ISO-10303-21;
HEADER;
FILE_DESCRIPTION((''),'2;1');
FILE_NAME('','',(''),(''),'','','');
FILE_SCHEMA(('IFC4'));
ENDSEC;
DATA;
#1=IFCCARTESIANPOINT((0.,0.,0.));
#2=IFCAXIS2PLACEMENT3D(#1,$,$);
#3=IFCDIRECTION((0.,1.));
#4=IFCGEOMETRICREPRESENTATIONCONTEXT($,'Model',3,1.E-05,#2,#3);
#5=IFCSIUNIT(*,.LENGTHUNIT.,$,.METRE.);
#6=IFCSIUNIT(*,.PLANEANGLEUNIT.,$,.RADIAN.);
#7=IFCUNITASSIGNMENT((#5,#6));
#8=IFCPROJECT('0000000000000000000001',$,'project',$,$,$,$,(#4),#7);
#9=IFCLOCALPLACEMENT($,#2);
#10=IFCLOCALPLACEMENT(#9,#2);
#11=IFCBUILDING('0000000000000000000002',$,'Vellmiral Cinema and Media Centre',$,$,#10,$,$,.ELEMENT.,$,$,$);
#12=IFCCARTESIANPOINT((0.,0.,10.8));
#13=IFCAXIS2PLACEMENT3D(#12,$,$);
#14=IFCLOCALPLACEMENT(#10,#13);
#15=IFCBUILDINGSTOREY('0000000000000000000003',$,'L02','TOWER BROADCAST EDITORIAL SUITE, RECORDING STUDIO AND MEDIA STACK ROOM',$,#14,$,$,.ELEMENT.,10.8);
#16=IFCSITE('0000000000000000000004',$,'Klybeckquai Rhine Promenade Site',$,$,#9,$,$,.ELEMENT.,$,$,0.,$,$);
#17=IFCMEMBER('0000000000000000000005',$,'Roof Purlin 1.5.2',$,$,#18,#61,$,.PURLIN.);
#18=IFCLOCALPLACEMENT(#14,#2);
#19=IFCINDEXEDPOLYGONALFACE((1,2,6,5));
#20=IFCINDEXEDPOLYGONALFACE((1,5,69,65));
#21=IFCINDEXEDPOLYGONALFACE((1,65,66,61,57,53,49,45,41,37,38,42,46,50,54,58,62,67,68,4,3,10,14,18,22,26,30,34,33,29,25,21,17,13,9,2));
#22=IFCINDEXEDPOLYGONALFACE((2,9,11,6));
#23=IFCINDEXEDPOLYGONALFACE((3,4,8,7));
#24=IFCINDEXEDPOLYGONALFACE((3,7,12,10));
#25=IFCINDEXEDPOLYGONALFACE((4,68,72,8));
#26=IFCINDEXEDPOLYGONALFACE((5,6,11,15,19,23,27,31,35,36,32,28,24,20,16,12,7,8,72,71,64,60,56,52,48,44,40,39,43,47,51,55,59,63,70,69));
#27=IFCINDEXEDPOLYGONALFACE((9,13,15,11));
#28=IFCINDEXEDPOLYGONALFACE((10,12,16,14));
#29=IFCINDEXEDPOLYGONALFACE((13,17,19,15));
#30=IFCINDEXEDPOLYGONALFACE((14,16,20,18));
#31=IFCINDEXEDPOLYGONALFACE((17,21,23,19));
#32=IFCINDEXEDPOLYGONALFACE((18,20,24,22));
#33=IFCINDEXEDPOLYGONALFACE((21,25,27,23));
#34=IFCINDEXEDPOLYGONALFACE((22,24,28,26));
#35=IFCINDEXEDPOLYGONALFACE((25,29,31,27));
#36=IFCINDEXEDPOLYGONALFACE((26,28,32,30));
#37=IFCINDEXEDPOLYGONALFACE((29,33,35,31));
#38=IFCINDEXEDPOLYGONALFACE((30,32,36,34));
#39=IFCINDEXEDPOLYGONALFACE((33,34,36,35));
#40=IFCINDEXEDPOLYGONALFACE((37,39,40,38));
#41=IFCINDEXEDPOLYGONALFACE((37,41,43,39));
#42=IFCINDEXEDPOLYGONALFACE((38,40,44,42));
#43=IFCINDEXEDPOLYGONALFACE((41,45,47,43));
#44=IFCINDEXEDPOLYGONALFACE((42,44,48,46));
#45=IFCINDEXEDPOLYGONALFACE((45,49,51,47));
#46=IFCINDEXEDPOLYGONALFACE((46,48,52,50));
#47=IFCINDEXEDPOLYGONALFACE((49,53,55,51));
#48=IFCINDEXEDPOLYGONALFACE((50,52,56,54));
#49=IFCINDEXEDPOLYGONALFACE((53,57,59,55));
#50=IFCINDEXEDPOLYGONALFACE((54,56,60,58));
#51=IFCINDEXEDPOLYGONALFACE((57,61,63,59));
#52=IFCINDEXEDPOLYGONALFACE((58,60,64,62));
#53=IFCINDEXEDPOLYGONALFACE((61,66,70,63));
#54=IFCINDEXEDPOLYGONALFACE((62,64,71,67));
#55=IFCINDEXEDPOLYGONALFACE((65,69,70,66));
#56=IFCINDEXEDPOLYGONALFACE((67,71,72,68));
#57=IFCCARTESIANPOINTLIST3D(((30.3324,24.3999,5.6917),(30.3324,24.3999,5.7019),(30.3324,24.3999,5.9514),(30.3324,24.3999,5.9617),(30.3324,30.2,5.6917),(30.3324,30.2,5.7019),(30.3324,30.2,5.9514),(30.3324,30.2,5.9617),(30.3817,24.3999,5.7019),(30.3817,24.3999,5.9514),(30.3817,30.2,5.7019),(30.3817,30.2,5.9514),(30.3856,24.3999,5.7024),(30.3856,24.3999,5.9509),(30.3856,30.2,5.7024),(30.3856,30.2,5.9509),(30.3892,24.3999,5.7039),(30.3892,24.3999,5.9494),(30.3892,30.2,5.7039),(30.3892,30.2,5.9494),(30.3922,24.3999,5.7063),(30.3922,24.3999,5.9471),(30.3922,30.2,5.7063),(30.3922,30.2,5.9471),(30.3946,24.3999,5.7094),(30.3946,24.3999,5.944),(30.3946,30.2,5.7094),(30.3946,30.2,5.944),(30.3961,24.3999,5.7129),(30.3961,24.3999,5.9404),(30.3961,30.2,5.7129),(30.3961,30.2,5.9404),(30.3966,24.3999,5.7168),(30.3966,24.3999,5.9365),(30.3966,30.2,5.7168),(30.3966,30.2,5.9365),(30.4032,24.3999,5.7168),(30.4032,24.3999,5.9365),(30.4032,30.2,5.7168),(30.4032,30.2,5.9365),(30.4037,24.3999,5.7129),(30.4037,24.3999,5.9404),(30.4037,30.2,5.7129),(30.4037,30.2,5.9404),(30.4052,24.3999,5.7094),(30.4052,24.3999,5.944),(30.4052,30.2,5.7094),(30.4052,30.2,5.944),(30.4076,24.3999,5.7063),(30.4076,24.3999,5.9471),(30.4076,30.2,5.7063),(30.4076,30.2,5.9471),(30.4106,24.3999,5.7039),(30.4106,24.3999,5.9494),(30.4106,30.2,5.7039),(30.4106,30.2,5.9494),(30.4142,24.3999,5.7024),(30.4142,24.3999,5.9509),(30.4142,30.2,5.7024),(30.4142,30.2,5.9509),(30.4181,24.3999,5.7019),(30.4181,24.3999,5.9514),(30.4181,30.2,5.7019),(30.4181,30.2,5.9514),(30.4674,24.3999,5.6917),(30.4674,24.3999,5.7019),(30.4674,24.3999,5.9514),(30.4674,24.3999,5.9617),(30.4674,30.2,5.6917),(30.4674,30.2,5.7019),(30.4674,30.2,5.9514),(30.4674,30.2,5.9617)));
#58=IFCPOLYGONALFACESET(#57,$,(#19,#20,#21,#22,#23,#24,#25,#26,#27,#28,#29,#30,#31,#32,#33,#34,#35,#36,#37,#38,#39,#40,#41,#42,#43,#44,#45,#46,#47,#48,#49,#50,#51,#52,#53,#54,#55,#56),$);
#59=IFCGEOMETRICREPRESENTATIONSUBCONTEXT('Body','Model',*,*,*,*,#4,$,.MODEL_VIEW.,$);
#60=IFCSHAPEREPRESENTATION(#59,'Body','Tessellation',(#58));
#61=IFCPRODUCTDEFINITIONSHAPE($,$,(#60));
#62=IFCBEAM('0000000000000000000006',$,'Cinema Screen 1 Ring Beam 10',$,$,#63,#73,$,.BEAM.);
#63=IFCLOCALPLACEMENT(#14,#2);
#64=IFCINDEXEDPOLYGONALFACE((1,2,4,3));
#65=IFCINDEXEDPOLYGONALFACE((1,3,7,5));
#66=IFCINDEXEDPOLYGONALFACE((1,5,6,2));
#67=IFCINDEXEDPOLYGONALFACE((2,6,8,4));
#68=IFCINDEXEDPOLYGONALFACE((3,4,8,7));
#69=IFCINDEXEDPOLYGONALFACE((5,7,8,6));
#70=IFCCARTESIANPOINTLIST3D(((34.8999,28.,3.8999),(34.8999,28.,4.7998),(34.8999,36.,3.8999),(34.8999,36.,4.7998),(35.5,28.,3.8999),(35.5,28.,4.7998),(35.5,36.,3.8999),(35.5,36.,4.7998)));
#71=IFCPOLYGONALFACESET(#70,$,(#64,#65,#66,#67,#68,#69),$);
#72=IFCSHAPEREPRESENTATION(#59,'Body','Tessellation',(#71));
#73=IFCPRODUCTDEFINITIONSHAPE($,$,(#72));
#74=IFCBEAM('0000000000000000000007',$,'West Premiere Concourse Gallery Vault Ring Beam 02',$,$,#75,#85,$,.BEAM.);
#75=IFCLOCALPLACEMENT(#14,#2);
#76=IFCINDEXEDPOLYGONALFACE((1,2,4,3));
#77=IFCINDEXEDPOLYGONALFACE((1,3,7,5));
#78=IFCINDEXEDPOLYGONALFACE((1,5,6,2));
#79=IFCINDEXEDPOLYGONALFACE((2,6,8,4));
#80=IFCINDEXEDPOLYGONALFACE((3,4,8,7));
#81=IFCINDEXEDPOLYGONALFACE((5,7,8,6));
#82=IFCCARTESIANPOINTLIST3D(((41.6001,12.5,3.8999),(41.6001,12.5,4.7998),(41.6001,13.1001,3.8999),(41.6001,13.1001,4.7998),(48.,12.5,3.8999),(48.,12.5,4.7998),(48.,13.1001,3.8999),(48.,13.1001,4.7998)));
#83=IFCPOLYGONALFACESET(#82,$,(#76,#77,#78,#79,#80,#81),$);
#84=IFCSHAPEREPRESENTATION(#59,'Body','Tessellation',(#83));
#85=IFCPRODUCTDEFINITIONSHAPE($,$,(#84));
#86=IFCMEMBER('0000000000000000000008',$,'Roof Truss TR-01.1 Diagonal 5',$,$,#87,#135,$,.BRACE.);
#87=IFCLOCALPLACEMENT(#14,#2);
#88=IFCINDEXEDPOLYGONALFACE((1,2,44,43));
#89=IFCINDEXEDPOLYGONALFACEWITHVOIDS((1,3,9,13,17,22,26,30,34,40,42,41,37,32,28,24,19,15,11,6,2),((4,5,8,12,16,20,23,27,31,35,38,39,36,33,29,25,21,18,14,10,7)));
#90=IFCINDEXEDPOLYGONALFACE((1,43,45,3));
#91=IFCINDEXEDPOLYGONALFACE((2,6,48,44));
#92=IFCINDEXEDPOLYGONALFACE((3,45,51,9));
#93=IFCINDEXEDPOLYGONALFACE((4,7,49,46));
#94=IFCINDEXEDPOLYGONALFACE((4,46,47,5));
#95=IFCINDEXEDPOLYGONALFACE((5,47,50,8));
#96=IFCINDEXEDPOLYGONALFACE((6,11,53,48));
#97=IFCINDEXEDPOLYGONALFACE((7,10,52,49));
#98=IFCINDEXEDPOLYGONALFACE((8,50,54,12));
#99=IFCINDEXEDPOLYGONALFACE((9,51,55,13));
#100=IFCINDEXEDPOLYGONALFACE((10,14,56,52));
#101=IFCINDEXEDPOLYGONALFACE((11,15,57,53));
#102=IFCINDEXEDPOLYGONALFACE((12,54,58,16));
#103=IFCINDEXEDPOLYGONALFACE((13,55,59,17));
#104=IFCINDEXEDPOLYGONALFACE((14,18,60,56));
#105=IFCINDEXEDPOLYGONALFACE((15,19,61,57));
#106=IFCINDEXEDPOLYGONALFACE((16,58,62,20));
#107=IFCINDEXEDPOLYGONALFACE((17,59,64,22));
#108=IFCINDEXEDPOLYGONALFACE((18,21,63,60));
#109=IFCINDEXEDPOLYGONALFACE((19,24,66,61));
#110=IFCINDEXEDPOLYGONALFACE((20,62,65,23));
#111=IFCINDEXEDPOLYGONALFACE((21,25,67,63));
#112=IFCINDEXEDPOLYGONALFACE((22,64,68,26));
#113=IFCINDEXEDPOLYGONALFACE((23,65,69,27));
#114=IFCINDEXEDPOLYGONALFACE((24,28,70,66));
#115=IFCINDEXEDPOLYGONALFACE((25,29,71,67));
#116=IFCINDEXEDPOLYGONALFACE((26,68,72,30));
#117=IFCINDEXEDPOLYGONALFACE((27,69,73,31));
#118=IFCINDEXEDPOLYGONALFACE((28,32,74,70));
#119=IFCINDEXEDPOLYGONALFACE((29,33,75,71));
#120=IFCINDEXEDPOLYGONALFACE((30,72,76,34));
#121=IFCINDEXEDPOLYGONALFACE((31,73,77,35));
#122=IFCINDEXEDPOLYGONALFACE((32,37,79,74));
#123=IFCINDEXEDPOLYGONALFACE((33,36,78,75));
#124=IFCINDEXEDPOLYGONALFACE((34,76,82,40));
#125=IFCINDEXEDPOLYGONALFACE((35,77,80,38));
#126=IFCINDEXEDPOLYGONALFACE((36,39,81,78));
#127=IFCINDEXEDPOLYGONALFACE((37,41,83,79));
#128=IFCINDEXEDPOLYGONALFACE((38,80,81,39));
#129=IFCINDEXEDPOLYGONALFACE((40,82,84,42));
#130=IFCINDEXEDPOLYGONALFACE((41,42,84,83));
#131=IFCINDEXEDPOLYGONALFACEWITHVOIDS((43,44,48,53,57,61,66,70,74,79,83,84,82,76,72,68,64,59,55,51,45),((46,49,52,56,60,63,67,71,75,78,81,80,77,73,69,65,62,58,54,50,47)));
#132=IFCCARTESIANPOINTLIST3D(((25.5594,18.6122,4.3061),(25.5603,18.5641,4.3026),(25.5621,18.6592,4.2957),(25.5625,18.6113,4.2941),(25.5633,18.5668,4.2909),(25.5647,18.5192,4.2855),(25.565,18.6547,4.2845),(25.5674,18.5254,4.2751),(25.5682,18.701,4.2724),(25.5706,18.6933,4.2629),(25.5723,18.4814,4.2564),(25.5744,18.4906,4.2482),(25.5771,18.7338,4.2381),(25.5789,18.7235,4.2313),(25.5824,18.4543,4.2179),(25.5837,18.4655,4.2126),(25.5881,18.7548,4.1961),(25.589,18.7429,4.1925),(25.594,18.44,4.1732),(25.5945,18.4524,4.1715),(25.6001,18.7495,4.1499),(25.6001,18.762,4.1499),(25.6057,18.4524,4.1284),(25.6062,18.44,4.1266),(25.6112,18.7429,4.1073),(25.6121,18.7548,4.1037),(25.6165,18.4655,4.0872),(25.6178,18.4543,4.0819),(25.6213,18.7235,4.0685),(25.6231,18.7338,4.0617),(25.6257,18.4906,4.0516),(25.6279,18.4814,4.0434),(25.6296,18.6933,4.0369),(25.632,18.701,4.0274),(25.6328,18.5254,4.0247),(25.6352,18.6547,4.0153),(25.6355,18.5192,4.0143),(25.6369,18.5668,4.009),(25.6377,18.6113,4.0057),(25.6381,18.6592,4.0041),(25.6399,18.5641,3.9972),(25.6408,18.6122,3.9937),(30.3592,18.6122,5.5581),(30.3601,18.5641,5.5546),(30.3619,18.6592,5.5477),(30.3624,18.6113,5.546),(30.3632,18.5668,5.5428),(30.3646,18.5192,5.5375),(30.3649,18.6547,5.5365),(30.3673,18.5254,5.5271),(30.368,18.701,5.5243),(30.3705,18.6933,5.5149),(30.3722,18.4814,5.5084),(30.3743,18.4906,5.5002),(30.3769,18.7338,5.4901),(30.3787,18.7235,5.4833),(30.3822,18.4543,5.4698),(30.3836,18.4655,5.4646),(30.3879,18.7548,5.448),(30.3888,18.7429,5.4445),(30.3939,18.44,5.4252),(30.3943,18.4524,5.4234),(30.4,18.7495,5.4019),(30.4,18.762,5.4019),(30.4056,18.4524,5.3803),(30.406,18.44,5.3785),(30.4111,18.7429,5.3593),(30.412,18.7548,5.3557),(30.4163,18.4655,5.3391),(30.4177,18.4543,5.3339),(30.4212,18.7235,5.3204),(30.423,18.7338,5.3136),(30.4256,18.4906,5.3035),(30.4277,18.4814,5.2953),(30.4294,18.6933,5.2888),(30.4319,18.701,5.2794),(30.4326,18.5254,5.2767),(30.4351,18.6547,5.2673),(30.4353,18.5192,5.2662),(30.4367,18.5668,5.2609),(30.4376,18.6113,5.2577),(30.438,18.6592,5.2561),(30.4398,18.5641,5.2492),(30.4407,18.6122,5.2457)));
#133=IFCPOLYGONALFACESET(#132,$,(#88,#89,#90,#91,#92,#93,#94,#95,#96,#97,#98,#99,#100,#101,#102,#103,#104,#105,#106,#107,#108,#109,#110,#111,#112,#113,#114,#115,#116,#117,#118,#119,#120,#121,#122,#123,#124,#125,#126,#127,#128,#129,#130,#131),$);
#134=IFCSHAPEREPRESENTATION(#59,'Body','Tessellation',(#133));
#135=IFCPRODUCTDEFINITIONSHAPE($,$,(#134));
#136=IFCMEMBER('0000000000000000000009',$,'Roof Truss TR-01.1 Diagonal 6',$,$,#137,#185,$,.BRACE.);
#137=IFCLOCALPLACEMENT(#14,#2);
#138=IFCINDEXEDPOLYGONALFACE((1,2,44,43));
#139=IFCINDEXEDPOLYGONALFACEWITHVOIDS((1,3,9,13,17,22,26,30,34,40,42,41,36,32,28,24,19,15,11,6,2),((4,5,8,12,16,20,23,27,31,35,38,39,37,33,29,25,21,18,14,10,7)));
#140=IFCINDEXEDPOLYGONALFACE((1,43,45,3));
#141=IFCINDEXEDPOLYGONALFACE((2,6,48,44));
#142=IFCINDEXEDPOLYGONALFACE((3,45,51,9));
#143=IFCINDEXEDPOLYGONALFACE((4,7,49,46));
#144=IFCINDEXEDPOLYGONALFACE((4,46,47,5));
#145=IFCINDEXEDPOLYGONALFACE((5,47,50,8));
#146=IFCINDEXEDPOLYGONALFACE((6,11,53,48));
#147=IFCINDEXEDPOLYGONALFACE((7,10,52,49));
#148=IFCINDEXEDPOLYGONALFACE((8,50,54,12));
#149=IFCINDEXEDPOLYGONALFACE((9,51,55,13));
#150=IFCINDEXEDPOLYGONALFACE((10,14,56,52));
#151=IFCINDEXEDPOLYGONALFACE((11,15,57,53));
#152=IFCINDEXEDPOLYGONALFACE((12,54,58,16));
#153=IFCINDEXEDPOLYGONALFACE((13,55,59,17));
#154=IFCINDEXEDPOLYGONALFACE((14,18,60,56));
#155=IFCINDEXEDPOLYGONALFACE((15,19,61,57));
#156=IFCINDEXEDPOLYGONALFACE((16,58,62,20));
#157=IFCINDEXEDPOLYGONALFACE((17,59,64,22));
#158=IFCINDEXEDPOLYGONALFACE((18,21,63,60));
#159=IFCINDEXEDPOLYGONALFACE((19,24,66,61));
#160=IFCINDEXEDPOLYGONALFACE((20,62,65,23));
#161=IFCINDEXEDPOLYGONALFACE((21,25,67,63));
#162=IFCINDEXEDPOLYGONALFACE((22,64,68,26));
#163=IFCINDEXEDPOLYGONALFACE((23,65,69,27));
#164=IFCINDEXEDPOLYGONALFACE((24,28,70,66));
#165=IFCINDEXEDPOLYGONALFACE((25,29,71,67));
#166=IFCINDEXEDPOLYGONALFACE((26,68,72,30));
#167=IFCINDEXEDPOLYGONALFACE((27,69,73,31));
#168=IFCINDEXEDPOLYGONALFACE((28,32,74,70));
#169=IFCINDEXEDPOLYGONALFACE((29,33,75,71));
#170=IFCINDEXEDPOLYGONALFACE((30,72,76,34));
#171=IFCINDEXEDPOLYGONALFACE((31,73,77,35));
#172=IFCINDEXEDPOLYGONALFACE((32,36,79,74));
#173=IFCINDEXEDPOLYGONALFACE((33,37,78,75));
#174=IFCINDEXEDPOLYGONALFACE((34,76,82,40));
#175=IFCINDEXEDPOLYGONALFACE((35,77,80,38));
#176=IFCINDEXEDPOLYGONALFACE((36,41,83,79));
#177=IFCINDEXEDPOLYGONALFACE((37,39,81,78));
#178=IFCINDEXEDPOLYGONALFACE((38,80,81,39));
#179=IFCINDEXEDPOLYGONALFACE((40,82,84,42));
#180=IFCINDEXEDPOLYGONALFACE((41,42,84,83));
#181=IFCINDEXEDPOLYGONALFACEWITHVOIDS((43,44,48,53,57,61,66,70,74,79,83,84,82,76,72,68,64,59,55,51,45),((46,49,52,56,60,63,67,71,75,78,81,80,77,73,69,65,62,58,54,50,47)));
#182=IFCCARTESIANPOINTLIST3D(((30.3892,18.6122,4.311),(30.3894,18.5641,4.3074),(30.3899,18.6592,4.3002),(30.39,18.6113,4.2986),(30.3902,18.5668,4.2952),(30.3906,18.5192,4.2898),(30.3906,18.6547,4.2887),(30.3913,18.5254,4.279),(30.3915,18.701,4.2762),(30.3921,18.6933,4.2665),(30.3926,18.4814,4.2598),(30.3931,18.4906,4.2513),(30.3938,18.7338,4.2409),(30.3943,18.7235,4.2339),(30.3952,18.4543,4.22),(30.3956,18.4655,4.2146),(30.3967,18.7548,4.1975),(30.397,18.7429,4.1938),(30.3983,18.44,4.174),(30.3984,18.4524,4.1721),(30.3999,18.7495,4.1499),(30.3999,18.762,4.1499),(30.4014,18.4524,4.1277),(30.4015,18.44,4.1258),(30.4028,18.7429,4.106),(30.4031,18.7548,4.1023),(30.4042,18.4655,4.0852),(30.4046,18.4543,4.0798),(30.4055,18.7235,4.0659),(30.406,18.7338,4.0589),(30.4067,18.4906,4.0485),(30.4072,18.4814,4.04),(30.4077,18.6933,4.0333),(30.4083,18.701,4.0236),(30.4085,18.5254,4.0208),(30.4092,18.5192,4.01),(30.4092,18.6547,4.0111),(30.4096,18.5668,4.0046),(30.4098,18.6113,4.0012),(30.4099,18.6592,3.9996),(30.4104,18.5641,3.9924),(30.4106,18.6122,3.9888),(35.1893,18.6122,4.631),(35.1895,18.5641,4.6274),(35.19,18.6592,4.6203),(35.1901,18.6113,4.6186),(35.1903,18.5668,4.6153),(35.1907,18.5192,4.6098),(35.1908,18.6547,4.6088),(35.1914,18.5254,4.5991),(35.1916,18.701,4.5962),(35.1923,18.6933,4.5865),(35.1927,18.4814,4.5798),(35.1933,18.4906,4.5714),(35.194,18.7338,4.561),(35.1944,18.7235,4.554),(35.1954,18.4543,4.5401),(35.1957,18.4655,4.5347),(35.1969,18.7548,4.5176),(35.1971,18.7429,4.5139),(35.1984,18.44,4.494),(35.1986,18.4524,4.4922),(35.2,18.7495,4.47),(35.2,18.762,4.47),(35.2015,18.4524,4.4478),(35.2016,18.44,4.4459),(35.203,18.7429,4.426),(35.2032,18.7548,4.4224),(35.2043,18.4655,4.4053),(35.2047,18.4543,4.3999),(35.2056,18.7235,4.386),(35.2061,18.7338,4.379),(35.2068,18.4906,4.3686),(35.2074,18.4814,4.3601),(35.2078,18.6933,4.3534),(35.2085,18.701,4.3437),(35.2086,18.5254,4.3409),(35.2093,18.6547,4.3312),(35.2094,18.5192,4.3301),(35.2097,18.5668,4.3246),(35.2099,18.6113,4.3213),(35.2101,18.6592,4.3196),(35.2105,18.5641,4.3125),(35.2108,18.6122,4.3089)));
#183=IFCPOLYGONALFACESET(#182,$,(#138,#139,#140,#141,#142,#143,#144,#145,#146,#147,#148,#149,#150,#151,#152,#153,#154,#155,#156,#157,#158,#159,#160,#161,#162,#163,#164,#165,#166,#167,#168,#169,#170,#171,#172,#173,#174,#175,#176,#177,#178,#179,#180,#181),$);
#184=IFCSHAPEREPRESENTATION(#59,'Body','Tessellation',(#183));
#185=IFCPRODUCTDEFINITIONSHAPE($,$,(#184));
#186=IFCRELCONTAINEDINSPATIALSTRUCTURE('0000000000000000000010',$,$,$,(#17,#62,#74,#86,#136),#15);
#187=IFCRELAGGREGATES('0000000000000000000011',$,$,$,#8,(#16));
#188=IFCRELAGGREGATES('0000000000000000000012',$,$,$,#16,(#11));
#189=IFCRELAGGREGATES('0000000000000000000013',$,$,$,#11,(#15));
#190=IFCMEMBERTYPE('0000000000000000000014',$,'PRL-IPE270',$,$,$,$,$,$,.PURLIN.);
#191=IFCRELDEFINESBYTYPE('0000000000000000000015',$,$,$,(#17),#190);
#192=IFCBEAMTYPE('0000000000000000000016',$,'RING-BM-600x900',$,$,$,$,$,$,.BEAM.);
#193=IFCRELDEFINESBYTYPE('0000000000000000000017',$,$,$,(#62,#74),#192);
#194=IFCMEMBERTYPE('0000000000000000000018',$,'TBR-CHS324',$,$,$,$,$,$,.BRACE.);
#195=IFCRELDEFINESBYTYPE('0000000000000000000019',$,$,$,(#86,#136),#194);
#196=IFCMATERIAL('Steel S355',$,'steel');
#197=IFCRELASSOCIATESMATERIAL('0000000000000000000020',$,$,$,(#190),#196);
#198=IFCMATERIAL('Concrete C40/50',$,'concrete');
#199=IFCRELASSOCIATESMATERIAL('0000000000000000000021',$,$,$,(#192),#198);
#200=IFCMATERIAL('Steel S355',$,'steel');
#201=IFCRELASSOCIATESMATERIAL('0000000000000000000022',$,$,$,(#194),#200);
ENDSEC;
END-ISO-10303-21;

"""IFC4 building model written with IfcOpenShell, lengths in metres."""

from ifc_helpers import new_model, si_unit, direction, frame, origin, origin_2d, place, context, subcontext, project, spatial, rectangle, hollow_circle, i_section, extrude, material, material_profile, profile_set, type_object, element, save


model = new_model("IFC4")

# Units and contexts
model_context = context("Model", 3, precision=1e-05, world=origin(), true_north=direction((0.0, 1.0)))
body_context = subcontext(model_context, "Body", "Model", "MODEL_VIEW")
ifc_project = project(units=[si_unit("LENGTHUNIT", "METRE"), si_unit("PLANEANGLEUNIT", "RADIAN")], contexts=[model_context])

# Site, building, storey
site_placement = place(None, origin())
site = spatial("IfcSite", under=ifc_project, at=site_placement, Name="Klybeckquai Rhine Promenade Site", CompositionType="ELEMENT", RefElevation=0.0)
building_placement = place(site_placement, origin())
building = spatial("IfcBuilding", under=site, at=building_placement, Name="Vellmiral Cinema and Media Centre", CompositionType="ELEMENT")
storey_placement = place(building_placement, frame((0.0, 0.0, 10.8)))
storey = spatial("IfcBuildingStorey", under=building, at=storey_placement, Name="L02", Description="TOWER BROADCAST EDITORIAL SUITE, RECORDING STUDIO AND MEDIA STACK ROOM", CompositionType="ELEMENT", Elevation=10.8)

# Member
ifc_material_1 = material(Name="Steel S355", Category="steel")
ifc_material_profile_1 = material_profile(ifc_material_1, i_section(OverallWidth=0.135, OverallDepth=0.27, WebThickness=0.0066, FlangeThickness=0.0103, FilletRadius=0.0149, at=origin_2d()), Name="IPE 270")
ifc_profile_set_1 = profile_set([ifc_material_profile_1], Name="Steel S355")
member_type_1 = type_object("IfcMemberType", Name="PRL-IPE270", PredefinedType="PURLIN", material=ifc_profile_set_1)
member_1_placement = place(storey_placement, frame((30.3999, 24.3999, 5.8267), z_axis=(0.0, 1.0, 0.0), x_axis=(-1.0, 0.0, 0.0)))
element("IfcMember", 1, at=member_1_placement, inside=storey, type_object=member_type_1, Name="Roof Purlin 1.5.2", PredefinedType="PURLIN", context=body_context, shape_type="SweptSolid", body=[
    extrude(i_section(OverallWidth=0.135, OverallDepth=0.27, WebThickness=0.0066, FlangeThickness=0.0103, FilletRadius=0.0149, at=origin_2d()), origin(), (0.0, 0.0, 1.0), 5.8),
])

# Beams
ifc_material_2 = material(Name="Concrete C40/50", Category="concrete")
ifc_material_profile_2 = material_profile(ifc_material_2, rectangle(XDim=0.6001, YDim=0.8999, at=origin_2d()), Name="RC 600x900")
ifc_profile_set_2 = profile_set([ifc_material_profile_2], Name="Concrete C40/50")
beam_type = type_object("IfcBeamType", Name="RING-BM-600x900", PredefinedType="BEAM", material=ifc_profile_set_2)
beam_1_placement = place(storey_placement, frame((35.2, 28.0, 4.3499), z_axis=(0.0, 1.0, 0.0), x_axis=(-1.0, 0.0, 0.0)))
element("IfcBeam", 2, at=beam_1_placement, inside=storey, type_object=beam_type, Name="Cinema Screen 1 Ring Beam 10", PredefinedType="BEAM", context=body_context, shape_type="SweptSolid", body=[
    extrude(rectangle(XDim=0.6001, YDim=0.8999, at=origin_2d()), origin(), (0.0, 0.0, 1.0), 8.0),
])
beam_2_placement = place(storey_placement, frame((41.6001, 12.8, 4.3499), z_axis=(1.0, 0.0, 0.0), x_axis=(0.0, 1.0, 0.0)))
element("IfcBeam", 3, at=beam_2_placement, inside=storey, type_object=beam_type, Name="West Premiere Concourse Gallery Vault Ring Beam 02", PredefinedType="BEAM", context=body_context, shape_type="SweptSolid", body=[
    extrude(rectangle(XDim=0.6001, YDim=0.8999, at=origin_2d()), origin(), (0.0, 0.0, 1.0), 6.3999),
])

# Members
ifc_material_3 = material(Name="Steel S355", Category="steel")
ifc_material_profile_3 = material_profile(ifc_material_3, hollow_circle(Radius=0.1619, WallThickness=0.0125, at=origin_2d()), Name="CHS 323.9x12.5")
ifc_profile_set_3 = profile_set([ifc_material_profile_3], Name="Steel S355")
member_type_2 = type_object("IfcMemberType", Name="TBR-CHS324", PredefinedType="BRACE", material=ifc_profile_set_3)
member_2_placement = place(storey_placement, frame((25.6001, 18.6001, 4.1499), z_axis=(0.967626, 0.0, 0.25239), x_axis=(0.0, 1.0, 0.0)))
element("IfcMember", 4, at=member_2_placement, inside=storey, type_object=member_type_2, Name="Roof Truss TR-01.1 Diagonal 5", PredefinedType="BRACE", context=body_context, shape_type="SweptSolid", body=[
    extrude(hollow_circle(Radius=0.1619, WallThickness=0.0125, at=origin_2d()), origin(), (0.0, 0.0, 1.0), 4.9604),
])
member_3_placement = place(storey_placement, frame((30.3999, 18.6001, 4.1499), z_axis=(0.997784, 0.0, 0.066532), x_axis=(0.0, 1.0, 0.0)))
element("IfcMember", 5, at=member_3_placement, inside=storey, type_object=member_type_2, Name="Roof Truss TR-01.1 Diagonal 6", PredefinedType="BRACE", context=body_context, shape_type="SweptSolid", body=[
    extrude(hollow_circle(Radius=0.1619, WallThickness=0.0125, at=origin_2d()), origin(), (0.0, 0.0, 1.0), 4.8108),
])

save(model, "model.ifc")
